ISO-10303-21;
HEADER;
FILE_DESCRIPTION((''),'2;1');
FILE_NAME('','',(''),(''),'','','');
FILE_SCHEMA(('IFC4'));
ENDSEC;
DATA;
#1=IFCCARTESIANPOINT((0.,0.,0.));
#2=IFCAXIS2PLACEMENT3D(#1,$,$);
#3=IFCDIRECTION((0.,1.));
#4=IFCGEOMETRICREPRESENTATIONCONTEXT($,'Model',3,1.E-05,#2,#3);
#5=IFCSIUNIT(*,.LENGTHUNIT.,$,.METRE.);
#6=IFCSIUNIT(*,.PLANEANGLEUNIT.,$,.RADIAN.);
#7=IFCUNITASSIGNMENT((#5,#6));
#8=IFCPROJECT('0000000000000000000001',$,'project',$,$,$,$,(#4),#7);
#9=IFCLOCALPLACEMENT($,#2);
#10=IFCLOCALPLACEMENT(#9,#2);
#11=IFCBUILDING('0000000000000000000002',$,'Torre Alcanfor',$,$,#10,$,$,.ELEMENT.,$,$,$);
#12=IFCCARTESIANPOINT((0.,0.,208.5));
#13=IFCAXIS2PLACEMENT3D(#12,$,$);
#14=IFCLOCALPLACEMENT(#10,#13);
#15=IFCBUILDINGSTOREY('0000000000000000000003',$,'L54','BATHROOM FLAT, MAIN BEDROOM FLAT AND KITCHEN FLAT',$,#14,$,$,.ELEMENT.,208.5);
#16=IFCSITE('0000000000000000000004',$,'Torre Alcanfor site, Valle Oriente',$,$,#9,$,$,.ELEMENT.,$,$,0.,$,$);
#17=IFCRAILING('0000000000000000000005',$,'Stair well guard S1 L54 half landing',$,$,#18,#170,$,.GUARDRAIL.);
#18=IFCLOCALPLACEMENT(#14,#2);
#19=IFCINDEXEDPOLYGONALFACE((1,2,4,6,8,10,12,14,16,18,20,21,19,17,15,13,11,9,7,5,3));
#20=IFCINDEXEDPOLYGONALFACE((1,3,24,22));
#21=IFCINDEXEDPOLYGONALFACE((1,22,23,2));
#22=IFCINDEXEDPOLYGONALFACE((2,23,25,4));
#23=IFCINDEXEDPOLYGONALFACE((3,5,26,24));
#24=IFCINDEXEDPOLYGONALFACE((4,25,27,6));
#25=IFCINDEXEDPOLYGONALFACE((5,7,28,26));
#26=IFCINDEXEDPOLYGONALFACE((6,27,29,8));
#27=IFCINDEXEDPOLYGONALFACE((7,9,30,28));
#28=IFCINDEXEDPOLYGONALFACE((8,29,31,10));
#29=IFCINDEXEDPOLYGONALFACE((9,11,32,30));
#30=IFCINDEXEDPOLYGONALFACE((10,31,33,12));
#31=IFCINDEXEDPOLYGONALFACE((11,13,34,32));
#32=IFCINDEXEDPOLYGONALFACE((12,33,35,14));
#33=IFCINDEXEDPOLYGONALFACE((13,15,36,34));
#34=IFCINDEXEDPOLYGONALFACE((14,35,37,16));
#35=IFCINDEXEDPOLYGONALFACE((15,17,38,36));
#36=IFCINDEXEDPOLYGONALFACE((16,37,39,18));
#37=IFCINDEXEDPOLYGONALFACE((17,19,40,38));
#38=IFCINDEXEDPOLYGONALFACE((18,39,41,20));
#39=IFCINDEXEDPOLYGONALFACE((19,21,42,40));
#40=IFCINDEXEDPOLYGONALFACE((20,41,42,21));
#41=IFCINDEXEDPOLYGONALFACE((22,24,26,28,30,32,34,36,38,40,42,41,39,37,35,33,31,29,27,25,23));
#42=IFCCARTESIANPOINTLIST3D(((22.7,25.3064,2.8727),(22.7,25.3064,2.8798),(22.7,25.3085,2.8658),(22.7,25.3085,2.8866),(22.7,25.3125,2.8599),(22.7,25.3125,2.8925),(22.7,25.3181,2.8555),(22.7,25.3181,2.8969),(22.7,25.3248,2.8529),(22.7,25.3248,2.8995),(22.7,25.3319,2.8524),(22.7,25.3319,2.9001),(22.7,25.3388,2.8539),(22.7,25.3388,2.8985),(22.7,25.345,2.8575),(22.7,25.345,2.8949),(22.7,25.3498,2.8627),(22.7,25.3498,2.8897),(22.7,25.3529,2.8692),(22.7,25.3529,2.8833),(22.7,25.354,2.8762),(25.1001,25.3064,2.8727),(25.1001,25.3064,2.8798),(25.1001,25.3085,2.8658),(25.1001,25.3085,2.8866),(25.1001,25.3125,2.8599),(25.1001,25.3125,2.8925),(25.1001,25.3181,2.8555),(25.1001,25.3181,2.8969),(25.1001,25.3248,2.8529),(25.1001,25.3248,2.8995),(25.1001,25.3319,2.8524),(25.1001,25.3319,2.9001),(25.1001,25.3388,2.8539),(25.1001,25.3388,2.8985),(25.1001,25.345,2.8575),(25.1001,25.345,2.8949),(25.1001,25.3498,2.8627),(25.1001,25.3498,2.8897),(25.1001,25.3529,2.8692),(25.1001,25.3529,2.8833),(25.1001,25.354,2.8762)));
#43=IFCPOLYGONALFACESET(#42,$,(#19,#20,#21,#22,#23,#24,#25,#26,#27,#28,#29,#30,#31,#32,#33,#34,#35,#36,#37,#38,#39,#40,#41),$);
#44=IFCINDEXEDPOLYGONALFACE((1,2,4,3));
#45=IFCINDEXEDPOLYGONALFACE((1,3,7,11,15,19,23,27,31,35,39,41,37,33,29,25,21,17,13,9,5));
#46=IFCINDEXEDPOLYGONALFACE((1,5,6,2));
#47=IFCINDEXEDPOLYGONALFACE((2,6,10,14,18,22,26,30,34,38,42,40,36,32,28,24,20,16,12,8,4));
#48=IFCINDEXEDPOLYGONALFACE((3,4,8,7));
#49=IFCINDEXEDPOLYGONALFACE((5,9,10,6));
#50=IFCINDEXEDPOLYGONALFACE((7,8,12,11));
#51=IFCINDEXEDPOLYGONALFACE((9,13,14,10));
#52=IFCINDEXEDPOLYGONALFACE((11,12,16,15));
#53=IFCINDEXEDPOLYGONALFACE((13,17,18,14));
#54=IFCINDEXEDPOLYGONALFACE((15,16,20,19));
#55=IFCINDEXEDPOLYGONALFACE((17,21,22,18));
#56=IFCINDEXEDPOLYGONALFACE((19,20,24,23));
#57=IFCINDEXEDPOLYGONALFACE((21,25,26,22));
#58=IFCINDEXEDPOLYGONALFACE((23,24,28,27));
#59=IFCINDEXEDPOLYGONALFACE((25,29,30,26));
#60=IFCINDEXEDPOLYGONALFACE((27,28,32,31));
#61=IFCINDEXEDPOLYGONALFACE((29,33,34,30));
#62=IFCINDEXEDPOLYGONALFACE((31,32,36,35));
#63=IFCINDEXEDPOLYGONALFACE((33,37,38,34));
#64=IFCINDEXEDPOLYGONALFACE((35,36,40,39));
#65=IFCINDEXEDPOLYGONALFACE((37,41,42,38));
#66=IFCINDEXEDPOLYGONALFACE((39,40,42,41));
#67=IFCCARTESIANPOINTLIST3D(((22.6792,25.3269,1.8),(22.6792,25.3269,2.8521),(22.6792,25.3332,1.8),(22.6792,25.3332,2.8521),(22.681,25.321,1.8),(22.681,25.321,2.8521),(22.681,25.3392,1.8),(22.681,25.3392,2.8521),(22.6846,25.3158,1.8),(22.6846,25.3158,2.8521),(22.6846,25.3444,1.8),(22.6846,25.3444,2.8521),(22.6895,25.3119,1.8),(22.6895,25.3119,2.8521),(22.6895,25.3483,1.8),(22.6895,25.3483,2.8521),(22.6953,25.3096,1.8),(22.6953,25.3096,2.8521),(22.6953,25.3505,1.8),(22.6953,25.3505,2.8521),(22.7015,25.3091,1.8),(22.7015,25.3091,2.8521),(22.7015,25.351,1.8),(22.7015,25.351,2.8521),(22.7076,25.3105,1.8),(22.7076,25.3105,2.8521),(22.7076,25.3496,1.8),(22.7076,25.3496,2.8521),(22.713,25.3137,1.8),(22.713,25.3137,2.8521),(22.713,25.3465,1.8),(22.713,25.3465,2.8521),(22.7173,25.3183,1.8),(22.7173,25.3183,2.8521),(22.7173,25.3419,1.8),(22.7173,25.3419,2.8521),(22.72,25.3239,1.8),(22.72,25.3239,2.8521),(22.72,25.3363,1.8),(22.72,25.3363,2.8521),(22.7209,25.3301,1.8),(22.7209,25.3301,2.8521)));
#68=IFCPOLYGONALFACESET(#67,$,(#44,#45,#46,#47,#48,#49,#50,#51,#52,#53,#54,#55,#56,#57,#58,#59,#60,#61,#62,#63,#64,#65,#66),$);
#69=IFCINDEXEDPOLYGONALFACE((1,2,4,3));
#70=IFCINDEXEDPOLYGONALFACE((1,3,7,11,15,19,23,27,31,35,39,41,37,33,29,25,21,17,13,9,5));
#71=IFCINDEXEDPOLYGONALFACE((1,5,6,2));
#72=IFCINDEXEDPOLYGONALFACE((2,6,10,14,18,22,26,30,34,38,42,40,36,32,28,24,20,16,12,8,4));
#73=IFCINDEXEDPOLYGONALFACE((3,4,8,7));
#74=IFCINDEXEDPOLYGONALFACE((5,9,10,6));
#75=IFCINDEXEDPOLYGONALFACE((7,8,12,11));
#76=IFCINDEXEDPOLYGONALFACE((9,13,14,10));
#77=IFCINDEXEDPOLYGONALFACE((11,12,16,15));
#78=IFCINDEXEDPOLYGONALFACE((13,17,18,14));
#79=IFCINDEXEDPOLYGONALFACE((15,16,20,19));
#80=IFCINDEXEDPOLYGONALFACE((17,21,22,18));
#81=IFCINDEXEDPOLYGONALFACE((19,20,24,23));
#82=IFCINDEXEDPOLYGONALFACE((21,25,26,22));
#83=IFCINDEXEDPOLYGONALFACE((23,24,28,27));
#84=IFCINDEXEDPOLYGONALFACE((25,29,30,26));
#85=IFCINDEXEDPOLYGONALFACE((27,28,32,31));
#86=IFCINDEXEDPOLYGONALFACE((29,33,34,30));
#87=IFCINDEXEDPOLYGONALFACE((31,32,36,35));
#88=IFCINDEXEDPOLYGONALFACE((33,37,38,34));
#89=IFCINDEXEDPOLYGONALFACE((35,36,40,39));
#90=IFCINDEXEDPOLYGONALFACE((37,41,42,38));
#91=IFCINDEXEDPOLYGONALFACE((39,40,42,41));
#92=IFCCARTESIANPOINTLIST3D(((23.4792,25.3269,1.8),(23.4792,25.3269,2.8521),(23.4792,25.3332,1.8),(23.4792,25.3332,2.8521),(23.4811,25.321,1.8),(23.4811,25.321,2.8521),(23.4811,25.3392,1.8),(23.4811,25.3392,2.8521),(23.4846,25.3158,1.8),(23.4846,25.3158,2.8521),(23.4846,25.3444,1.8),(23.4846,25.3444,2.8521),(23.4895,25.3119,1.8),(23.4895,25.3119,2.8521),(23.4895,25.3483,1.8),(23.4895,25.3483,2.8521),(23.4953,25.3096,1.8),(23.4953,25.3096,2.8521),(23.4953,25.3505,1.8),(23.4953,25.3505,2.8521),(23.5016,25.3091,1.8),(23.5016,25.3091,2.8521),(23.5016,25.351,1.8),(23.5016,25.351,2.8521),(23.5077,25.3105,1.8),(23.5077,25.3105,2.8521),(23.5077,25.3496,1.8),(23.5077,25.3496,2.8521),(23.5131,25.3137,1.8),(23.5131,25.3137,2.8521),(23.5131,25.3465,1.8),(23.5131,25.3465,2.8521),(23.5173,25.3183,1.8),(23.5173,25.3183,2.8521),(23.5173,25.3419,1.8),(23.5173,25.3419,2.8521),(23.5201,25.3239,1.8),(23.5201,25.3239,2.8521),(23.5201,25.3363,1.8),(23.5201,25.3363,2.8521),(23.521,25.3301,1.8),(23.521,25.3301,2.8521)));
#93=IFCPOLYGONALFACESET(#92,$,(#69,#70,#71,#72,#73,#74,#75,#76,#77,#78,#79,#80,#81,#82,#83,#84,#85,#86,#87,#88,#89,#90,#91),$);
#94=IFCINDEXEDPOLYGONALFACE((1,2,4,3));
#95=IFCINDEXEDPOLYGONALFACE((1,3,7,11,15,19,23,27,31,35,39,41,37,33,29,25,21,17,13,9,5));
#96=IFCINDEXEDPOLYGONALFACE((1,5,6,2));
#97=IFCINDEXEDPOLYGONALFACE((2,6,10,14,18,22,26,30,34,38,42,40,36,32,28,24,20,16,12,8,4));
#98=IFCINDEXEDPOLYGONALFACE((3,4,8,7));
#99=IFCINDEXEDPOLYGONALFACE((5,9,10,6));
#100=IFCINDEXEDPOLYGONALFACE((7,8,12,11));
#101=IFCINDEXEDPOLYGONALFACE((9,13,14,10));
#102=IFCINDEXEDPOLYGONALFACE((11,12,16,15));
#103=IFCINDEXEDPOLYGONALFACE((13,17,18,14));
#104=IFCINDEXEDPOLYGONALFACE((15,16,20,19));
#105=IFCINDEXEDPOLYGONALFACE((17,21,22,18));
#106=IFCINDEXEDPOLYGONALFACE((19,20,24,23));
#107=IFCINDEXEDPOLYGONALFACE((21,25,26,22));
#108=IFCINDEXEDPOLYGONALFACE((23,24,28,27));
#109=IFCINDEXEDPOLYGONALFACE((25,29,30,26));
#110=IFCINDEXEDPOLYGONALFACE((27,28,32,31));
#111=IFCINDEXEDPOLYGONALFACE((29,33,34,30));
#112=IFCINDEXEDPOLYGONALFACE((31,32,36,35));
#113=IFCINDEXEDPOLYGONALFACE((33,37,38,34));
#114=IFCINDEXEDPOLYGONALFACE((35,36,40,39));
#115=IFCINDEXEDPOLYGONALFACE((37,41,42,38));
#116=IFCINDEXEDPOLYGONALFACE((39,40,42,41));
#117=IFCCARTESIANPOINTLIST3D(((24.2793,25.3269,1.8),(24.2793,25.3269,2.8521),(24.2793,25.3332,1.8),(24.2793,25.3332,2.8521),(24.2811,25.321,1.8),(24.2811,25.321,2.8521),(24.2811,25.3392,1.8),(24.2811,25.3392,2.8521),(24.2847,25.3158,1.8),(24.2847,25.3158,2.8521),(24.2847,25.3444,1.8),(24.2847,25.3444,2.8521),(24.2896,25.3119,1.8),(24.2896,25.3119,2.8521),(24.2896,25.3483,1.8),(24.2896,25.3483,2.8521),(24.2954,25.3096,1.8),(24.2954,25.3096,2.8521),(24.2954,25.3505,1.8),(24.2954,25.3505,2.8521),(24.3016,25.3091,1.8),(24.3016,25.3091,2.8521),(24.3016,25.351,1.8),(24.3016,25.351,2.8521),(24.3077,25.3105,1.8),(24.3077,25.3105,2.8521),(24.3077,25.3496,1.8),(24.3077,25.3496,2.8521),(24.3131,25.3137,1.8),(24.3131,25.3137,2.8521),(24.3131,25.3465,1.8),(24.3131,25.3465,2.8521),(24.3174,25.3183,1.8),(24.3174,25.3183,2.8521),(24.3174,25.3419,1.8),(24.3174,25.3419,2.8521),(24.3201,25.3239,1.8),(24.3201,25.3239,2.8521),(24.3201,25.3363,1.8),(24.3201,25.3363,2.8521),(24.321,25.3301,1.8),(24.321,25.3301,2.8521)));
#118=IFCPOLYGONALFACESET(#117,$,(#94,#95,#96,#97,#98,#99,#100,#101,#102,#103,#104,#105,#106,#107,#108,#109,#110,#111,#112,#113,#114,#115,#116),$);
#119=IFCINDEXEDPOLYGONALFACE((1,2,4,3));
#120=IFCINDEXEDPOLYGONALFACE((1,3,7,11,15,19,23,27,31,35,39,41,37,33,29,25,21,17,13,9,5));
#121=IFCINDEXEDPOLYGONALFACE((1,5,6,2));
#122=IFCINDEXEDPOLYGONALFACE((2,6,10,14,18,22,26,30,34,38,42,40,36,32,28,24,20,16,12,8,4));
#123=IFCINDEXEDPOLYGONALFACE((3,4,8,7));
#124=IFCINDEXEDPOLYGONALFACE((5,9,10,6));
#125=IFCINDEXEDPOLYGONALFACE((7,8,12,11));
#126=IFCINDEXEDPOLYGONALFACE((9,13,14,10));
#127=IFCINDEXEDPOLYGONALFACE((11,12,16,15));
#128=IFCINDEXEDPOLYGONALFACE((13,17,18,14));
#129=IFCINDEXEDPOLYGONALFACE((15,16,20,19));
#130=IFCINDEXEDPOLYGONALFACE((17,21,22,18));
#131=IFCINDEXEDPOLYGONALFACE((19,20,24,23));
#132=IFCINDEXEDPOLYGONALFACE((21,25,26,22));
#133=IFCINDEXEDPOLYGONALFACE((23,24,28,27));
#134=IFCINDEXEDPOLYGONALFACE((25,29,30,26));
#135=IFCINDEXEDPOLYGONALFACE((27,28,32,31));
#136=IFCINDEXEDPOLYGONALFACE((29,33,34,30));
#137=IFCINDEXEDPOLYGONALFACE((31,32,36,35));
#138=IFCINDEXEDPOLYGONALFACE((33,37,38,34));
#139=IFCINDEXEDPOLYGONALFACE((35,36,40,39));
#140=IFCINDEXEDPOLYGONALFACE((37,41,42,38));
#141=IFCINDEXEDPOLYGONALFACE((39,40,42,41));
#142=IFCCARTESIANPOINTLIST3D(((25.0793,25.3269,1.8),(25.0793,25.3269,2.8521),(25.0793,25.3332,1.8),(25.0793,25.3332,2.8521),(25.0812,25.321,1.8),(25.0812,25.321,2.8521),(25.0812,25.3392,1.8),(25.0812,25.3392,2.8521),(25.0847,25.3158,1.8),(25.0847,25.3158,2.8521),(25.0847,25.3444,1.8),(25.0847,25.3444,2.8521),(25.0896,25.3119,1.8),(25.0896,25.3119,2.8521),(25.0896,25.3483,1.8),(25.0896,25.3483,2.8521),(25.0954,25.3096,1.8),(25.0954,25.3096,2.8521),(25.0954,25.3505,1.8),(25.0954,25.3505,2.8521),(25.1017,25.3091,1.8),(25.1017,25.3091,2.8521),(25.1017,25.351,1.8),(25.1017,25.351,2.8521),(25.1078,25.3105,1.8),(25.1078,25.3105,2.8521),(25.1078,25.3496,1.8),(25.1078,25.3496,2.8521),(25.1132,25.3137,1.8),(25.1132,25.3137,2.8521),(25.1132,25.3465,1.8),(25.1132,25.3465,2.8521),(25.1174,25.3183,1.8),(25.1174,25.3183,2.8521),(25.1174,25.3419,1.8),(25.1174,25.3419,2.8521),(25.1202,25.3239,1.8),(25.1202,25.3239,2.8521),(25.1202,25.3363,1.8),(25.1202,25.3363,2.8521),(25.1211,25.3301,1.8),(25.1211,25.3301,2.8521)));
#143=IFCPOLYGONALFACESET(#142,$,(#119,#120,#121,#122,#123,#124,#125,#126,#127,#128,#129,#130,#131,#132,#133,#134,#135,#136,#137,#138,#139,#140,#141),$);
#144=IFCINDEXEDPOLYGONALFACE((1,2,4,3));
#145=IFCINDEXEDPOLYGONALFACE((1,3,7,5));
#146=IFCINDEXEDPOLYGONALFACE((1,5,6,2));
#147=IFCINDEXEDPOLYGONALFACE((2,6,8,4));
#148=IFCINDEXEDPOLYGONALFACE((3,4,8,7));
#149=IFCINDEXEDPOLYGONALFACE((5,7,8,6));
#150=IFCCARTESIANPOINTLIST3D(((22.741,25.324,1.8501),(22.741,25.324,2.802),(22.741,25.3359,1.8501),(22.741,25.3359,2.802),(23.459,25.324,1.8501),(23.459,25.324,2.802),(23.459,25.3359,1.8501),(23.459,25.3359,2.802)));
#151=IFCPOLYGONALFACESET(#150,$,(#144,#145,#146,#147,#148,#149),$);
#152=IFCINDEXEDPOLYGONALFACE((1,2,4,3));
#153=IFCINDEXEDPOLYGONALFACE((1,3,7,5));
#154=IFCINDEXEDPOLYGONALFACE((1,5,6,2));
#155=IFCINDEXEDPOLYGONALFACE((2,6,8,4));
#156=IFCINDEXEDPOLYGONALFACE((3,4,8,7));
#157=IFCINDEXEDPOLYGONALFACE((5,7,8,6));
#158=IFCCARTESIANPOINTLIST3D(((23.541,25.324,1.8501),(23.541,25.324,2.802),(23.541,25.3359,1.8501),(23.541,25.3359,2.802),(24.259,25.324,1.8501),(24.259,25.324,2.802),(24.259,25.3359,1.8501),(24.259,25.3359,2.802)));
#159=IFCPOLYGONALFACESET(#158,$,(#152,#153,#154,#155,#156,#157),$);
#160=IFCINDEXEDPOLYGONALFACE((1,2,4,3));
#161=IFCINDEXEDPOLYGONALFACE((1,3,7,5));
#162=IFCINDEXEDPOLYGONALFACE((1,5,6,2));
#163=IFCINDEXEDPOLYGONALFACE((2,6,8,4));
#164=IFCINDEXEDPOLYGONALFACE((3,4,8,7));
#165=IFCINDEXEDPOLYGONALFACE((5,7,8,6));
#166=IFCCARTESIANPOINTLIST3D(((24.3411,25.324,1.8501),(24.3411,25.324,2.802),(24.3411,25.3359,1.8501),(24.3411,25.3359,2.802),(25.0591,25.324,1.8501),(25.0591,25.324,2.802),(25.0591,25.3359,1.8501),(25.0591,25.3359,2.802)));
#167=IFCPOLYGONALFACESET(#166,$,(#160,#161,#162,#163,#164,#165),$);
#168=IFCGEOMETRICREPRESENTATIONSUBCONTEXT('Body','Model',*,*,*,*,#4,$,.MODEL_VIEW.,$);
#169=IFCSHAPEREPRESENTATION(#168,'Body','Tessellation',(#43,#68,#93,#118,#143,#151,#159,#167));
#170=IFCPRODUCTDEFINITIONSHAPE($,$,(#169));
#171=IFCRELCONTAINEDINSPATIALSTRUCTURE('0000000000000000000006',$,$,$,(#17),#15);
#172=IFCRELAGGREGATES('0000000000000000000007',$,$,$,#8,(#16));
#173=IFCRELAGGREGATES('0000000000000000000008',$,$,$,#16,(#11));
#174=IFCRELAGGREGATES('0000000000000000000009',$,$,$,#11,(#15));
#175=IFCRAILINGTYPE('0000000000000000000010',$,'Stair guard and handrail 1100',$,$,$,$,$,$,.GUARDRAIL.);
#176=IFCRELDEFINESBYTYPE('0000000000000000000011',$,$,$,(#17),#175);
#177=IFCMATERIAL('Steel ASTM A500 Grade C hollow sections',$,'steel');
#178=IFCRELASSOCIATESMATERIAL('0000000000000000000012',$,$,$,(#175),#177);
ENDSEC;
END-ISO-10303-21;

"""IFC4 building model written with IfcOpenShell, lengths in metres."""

from ifc_helpers import new_model, si_unit, direction, frame, origin, origin_2d, place, context, subcontext, project, spatial, polyline, circle, outline, extrude, material, type_object, element, save


model = new_model("IFC4")

# Units and contexts
model_context = context("Model", 3, precision=1e-05, world=origin(), true_north=direction((0.0, 1.0)))
body_context = subcontext(model_context, "Body", "Model", "MODEL_VIEW")
ifc_project = project(units=[si_unit("LENGTHUNIT", "METRE"), si_unit("PLANEANGLEUNIT", "RADIAN")], contexts=[model_context])

# Site, building, storey
site_placement = place(None, origin())
site = spatial("IfcSite", under=ifc_project, at=site_placement, Name="Torre Alcanfor site, Valle Oriente", CompositionType="ELEMENT", RefElevation=0.0)
building_placement = place(site_placement, origin())
building = spatial("IfcBuilding", under=site, at=building_placement, Name="Torre Alcanfor", CompositionType="ELEMENT")
storey_placement = place(building_placement, frame((0.0, 0.0, 208.5)))
storey = spatial("IfcBuildingStorey", under=building, at=storey_placement, Name="L54", Description="BATHROOM FLAT, MAIN BEDROOM FLAT AND KITCHEN FLAT", CompositionType="ELEMENT", Elevation=208.5)

# Railing
ifc_material_1 = material(Name="Steel ASTM A500 Grade C hollow sections", Category="steel")
railing_type_1 = type_object("IfcRailingType", Name="Stair guard and handrail 1100", PredefinedType="GUARDRAIL", material=ifc_material_1)
for number, where, name in (
    (1, (22.7, 25.3301, 1.8), "Stair well guard S1 L54 half landing"),
):
    element("IfcRailing", number, at=place(storey_placement, frame(where)), inside=storey, type_object=railing_type_1, Name=name, PredefinedType="GUARDRAIL", context=body_context, shape_type="SweptSolid", body=[
        extrude(circle(Radius=0.0239, at=origin_2d()), frame((0.0, 0.0, 1.0762), z_axis=(1.0, 0.0, 0.0), x_axis=(0.0, 1.0, 0.0)), (0.0, 0.0, 1.0), 2.4001),
        extrude(circle(Radius=0.021, at=origin_2d()), origin(), (0.0, 0.0, 1.0), 1.052),
        extrude(circle(Radius=0.021, at=origin_2d()), frame((0.8, 0.0, 0.0)), (0.0, 0.0, 1.0), 1.052),
        extrude(circle(Radius=0.021, at=origin_2d()), frame((1.6001, 0.0, 0.0)), (0.0, 0.0, 1.0), 1.052),
        extrude(circle(Radius=0.021, at=origin_2d()), frame((2.4001, 0.0, 0.0)), (0.0, 0.0, 1.0), 1.052),
        extrude(outline(polyline([(0.041, 0.05), (0.759, 0.05), (0.759, 1.002), (0.041, 1.002), (0.041, 0.05)])), frame((0.0, 0.0059, 0.0), z_axis=(0.0, -1.0, 0.0), x_axis=(1.0, 0.0, 0.0)), (0.0, 0.0, 1.0), 0.012),
        extrude(outline(polyline([(0.8411, 0.05), (1.5591, 0.05), (1.5591, 1.002), (0.8411, 1.002), (0.8411, 0.05)])), frame((0.0, 0.0059, 0.0), z_axis=(0.0, -1.0, 0.0), x_axis=(1.0, 0.0, 0.0)), (0.0, 0.0, 1.0), 0.012),
        extrude(outline(polyline([(1.6411, 0.05), (2.3591, 0.05), (2.3591, 1.002), (1.6411, 1.002), (1.6411, 0.05)])), frame((0.0, 0.0059, 0.0), z_axis=(0.0, -1.0, 0.0), x_axis=(1.0, 0.0, 0.0)), (0.0, 0.0, 1.0), 0.012),
    ])

save(model, "model.ifc")
